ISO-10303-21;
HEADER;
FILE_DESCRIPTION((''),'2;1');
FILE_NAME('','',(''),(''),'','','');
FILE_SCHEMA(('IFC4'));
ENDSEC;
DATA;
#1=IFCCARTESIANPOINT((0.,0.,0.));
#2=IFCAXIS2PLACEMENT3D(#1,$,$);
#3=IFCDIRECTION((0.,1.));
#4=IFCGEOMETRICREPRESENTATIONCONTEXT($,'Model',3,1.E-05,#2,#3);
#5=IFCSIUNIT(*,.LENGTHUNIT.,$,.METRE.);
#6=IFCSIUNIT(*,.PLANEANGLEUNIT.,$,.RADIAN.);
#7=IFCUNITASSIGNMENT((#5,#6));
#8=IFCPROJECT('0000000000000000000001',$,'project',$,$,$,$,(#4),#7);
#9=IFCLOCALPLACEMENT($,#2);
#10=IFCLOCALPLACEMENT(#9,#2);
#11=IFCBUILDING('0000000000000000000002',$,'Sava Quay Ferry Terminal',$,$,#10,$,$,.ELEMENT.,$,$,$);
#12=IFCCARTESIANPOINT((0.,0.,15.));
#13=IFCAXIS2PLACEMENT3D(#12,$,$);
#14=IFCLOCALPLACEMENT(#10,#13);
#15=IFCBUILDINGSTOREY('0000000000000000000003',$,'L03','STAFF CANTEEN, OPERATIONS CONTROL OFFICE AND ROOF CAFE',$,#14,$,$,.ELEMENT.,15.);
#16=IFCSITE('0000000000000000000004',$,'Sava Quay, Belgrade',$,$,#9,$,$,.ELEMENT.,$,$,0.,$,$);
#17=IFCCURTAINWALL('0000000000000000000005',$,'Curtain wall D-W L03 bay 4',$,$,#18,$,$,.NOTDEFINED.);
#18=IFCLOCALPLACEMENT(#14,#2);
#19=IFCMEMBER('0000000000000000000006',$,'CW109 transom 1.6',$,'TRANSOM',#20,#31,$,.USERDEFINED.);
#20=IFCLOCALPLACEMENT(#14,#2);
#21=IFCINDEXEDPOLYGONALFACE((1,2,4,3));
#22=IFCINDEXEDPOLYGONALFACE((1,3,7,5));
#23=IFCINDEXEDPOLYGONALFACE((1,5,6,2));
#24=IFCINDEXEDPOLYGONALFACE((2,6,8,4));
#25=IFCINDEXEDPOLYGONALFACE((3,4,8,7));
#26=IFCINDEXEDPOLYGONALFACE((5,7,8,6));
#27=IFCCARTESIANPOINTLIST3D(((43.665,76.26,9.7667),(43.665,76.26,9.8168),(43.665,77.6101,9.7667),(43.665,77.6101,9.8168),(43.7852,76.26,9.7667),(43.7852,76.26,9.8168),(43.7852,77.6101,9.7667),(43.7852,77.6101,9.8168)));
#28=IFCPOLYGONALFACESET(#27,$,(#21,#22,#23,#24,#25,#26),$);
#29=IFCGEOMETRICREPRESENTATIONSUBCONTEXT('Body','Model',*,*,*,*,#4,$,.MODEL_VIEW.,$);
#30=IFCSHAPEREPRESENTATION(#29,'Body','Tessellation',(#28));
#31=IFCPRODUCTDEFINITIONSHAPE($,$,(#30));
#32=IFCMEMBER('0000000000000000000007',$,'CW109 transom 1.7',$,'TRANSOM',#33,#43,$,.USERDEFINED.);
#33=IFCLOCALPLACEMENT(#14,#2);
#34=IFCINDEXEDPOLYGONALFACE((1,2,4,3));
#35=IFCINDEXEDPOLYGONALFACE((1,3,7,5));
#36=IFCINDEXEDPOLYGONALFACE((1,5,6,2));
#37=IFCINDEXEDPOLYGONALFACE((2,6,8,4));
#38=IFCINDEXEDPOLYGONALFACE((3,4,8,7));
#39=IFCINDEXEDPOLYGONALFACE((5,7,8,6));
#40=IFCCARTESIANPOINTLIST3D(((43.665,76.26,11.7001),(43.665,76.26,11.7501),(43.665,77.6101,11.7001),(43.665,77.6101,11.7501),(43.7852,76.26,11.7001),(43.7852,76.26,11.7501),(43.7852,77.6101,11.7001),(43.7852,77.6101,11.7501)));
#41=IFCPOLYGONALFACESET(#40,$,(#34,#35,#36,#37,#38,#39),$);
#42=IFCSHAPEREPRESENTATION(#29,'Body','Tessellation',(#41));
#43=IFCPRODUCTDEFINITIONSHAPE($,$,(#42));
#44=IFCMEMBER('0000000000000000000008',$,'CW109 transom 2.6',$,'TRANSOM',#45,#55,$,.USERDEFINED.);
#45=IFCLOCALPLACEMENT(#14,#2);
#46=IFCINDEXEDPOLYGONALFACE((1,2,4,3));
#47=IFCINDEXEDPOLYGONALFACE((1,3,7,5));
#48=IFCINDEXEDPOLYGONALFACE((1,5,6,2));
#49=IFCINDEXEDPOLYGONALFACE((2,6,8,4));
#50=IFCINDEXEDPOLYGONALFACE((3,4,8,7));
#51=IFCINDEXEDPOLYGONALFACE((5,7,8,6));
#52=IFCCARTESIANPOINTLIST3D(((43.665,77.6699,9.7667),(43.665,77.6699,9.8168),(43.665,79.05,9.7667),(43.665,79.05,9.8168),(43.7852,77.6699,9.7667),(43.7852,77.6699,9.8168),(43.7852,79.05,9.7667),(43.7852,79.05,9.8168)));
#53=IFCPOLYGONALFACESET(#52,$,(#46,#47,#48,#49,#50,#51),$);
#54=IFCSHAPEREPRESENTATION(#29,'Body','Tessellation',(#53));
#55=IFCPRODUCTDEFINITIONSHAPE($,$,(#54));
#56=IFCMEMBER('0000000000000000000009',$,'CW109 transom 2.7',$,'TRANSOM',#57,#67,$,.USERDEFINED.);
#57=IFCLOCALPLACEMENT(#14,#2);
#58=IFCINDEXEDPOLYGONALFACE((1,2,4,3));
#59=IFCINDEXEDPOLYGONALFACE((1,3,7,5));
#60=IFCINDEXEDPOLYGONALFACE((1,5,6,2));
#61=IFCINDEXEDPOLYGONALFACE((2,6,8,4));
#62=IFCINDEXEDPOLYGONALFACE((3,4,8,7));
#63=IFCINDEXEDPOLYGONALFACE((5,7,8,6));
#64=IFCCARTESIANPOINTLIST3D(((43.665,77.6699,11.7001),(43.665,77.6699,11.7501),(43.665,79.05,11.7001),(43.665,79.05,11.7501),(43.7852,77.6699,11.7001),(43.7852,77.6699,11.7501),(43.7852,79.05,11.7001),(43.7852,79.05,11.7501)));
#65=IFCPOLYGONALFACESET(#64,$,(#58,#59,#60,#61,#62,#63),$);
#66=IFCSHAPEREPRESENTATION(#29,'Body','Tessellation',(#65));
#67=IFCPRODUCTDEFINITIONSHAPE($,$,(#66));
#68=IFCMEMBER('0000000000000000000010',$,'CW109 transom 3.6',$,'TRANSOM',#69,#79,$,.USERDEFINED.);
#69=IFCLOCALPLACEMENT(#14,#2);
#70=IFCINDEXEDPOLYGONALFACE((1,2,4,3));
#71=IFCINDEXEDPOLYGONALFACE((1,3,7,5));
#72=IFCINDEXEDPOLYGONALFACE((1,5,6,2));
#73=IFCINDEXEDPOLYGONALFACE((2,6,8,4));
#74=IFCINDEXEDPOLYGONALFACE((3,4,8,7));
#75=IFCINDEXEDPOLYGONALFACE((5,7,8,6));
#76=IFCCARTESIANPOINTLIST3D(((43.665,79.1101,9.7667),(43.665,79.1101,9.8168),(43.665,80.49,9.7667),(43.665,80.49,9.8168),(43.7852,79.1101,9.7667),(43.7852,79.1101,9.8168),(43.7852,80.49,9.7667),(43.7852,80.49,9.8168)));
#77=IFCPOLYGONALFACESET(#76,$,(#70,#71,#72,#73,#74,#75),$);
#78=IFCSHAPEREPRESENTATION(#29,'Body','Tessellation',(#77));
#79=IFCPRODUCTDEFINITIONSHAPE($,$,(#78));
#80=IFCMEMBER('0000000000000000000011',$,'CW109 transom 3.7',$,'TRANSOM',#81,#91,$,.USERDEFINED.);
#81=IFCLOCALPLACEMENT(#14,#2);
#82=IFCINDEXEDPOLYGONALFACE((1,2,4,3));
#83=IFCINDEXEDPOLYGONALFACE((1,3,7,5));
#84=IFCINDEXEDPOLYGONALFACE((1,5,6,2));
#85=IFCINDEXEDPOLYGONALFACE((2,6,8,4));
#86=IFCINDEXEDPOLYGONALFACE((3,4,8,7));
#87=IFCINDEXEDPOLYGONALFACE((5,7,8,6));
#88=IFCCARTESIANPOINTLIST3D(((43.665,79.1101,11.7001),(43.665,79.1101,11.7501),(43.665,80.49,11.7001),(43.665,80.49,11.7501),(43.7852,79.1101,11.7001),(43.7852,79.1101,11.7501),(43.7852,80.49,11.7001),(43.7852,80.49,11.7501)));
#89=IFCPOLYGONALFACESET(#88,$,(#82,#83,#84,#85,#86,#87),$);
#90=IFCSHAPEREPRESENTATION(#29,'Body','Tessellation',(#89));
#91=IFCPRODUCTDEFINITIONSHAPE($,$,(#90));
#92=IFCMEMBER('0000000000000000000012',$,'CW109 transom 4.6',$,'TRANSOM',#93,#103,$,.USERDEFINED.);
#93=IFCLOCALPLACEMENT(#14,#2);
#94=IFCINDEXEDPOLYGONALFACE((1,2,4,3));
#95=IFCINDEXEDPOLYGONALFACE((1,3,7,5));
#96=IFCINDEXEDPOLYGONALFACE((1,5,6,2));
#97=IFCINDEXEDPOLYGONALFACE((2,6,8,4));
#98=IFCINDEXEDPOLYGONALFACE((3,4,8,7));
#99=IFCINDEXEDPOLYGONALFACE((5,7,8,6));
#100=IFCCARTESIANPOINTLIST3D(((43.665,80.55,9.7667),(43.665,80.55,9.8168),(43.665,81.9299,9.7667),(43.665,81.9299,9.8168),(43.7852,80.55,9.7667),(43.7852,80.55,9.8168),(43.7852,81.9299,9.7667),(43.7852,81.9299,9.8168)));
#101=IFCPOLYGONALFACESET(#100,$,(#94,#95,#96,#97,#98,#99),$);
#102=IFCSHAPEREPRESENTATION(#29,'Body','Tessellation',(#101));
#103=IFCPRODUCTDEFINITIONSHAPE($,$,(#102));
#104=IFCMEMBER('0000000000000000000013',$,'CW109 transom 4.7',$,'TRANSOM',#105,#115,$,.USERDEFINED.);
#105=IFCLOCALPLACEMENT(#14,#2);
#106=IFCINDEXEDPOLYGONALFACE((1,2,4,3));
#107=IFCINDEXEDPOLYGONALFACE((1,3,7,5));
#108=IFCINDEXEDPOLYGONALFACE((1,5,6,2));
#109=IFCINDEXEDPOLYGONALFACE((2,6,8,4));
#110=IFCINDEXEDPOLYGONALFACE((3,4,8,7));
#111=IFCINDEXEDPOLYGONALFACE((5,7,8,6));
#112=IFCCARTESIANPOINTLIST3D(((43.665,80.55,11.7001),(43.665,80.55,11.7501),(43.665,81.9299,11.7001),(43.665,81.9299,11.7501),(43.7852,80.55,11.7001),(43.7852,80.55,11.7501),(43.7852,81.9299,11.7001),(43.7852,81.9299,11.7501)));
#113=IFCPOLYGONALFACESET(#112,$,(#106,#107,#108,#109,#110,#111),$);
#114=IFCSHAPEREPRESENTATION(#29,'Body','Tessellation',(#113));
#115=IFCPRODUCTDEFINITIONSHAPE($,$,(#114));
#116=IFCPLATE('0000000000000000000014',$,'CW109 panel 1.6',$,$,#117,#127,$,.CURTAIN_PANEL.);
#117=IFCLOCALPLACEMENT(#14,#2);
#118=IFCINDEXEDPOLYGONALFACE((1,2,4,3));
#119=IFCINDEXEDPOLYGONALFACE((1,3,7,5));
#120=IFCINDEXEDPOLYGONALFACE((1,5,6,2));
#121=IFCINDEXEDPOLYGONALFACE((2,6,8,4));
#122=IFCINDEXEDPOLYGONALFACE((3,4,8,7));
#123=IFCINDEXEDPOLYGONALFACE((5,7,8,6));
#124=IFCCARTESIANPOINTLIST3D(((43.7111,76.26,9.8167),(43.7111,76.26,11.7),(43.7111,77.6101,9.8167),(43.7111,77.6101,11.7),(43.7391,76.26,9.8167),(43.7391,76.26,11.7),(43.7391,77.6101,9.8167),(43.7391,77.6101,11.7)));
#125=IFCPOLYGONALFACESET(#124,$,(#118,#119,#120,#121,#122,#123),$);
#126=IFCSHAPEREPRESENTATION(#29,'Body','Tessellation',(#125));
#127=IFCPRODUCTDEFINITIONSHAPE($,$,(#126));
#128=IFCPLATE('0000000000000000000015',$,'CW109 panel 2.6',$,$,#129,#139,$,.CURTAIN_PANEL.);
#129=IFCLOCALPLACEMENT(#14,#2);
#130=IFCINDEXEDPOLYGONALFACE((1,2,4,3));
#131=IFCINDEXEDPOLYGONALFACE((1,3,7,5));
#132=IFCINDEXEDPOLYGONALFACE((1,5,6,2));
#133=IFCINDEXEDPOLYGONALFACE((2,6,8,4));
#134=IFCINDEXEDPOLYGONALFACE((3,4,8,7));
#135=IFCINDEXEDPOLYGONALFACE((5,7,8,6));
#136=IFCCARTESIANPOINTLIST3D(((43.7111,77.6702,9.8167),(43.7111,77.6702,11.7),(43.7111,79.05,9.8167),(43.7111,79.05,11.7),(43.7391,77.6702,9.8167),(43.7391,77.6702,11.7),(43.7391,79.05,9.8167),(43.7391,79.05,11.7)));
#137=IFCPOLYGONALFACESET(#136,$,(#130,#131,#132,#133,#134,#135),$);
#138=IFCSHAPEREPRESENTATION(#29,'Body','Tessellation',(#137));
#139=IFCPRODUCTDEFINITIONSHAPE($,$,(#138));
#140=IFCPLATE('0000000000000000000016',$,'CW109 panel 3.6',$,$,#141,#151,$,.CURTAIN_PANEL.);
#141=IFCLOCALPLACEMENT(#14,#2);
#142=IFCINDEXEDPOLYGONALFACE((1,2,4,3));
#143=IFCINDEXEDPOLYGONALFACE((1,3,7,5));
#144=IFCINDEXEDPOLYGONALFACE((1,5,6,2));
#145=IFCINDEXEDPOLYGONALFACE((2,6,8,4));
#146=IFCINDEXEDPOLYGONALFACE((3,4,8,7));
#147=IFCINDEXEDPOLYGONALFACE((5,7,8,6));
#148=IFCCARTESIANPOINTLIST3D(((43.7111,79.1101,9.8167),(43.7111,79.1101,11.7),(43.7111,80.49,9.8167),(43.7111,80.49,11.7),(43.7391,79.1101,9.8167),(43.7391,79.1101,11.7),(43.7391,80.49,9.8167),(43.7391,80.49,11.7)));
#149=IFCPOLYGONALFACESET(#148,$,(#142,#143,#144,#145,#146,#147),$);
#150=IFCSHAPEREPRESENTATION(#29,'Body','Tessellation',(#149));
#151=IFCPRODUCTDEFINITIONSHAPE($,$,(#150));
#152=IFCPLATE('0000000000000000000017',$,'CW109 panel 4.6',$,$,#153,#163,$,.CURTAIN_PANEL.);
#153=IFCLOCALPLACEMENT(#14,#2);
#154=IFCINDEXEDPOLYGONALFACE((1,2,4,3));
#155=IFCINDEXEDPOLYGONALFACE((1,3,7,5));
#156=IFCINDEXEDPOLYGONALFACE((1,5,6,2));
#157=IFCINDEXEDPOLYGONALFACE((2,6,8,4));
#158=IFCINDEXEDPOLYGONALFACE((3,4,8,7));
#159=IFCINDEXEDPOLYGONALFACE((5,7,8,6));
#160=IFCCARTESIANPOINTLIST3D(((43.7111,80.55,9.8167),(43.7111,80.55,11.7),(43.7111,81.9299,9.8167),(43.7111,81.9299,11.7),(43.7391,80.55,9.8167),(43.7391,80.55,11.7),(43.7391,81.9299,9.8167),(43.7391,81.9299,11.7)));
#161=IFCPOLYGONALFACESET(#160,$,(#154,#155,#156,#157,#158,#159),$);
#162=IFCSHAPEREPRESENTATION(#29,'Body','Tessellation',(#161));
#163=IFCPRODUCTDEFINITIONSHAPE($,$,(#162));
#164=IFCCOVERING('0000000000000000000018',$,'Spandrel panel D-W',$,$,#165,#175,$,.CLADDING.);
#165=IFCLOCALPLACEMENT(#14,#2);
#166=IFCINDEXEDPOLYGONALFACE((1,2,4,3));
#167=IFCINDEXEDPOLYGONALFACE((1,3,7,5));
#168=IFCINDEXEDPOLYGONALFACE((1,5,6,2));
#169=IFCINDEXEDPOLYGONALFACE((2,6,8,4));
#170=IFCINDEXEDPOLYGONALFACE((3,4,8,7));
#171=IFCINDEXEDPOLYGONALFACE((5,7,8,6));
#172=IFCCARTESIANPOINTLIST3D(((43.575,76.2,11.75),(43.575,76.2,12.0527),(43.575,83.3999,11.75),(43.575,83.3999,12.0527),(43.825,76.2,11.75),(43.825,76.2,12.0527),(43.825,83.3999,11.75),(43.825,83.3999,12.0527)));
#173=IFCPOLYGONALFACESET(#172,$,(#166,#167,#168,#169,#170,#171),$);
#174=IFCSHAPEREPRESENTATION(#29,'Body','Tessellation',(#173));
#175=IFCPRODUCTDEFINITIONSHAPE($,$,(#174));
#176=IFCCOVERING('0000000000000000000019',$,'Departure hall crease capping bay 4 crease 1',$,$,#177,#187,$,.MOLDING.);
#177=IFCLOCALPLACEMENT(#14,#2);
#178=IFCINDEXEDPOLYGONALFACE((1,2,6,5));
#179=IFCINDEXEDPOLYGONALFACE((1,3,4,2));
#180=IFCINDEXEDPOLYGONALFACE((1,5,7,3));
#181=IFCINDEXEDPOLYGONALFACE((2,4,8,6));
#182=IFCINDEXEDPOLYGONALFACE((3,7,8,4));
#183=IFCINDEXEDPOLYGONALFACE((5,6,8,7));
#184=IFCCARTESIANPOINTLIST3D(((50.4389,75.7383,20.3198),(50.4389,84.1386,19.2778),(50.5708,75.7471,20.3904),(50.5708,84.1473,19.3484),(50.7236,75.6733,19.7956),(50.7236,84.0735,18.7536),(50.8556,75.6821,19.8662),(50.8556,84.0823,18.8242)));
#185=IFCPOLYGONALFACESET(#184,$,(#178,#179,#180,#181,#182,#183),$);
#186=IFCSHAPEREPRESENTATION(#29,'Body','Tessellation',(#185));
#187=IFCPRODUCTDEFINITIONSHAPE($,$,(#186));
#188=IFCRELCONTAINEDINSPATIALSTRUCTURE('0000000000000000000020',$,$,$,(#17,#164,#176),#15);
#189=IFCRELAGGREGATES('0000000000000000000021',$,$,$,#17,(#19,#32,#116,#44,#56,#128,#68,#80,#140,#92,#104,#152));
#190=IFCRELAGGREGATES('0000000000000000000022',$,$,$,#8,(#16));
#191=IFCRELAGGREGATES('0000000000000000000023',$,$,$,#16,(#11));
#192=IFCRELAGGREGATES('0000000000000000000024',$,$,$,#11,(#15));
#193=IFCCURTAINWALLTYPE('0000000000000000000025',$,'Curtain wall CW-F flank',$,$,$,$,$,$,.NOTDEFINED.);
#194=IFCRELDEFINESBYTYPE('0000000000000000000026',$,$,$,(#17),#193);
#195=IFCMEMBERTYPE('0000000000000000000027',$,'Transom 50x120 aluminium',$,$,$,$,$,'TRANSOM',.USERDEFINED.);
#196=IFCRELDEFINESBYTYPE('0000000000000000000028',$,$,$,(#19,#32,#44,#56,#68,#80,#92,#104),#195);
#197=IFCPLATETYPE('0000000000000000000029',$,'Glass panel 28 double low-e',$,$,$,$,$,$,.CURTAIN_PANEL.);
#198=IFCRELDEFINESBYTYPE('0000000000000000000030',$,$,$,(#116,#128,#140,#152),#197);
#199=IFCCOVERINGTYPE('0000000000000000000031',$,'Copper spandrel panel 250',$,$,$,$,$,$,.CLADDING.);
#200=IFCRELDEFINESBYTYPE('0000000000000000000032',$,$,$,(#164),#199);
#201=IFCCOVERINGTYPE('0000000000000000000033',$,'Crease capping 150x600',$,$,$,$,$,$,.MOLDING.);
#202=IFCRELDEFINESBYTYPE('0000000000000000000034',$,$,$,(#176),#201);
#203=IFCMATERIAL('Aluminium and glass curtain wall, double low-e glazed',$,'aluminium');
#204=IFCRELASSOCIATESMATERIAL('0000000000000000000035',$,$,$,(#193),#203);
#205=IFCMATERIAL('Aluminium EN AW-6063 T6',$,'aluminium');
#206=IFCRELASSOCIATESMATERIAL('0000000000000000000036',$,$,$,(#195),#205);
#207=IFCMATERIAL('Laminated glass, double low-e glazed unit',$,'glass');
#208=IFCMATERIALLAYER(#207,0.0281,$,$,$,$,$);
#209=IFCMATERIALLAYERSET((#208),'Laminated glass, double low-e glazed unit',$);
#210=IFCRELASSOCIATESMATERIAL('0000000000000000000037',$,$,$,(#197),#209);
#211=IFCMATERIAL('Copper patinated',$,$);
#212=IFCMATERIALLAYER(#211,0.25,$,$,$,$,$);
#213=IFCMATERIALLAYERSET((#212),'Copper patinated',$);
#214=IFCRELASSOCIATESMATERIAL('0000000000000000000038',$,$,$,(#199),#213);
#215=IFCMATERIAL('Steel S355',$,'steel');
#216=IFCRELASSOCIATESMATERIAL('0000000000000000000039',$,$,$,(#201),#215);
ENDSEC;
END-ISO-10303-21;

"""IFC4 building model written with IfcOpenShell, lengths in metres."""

from ifc_helpers import new_model, si_unit, direction, frame, origin, origin_2d, place, context, subcontext, project, spatial, polyline, rectangle, outline, extrude, material, layer, layer_set, material_profile, profile_set, type_object, element, aggregate, save


model = new_model("IFC4")

# Units and contexts
model_context = context("Model", 3, precision=1e-05, world=origin(), true_north=direction((0.0, 1.0)))
body_context = subcontext(model_context, "Body", "Model", "MODEL_VIEW")
ifc_project = project(units=[si_unit("LENGTHUNIT", "METRE"), si_unit("PLANEANGLEUNIT", "RADIAN")], contexts=[model_context])

# Site, building, storey
site_placement = place(None, origin())
site = spatial("IfcSite", under=ifc_project, at=site_placement, Name="Sava Quay, Belgrade", CompositionType="ELEMENT", RefElevation=0.0)
building_placement = place(site_placement, origin())
building = spatial("IfcBuilding", under=site, at=building_placement, Name="Sava Quay Ferry Terminal", CompositionType="ELEMENT")
storey_placement = place(building_placement, frame((0.0, 0.0, 15.0)))
storey = spatial("IfcBuildingStorey", under=building, at=storey_placement, Name="L03", Description="STAFF CANTEEN, OPERATIONS CONTROL OFFICE AND ROOF CAFE", CompositionType="ELEMENT", Elevation=15.0)

# Curtain wall, members, plates
ifc_material_1 = material(Name="Aluminium and glass curtain wall, double low-e glazed", Category="aluminium")
curtain_wall_type = type_object("IfcCurtainWallType", Name="Curtain wall CW-F flank", PredefinedType="NOTDEFINED", material=ifc_material_1)
curtain_wall_placement = place(storey_placement, origin())
curtain_wall = element("IfcCurtainWall", 1, at=curtain_wall_placement, inside=storey, type_object=curtain_wall_type, Name="Curtain wall D-W L03 bay 4", PredefinedType="NOTDEFINED")
ifc_material_2 = material(Name="Aluminium EN AW-6063 T6", Category="aluminium")
ifc_material_profile_1 = material_profile(ifc_material_2, rectangle(XDim=0.1201, YDim=0.05, at=origin_2d()), Name="Transom 50x120 aluminium")
ifc_profile_set_1 = profile_set([ifc_material_profile_1], Name="Aluminium EN AW-6063 T6")
member_type = type_object("IfcMemberType", Name="Transom 50x120 aluminium", ElementType="TRANSOM", PredefinedType="USERDEFINED", material=ifc_profile_set_1)
member_1_placement = place(storey_placement, frame((43.7251, 76.26, 9.7917), z_axis=(0.0, 1.0, 0.0), x_axis=(-1.0, 0.0, 0.0)))
member_1 = element("IfcMember", 2, at=member_1_placement, type_object=member_type, Name="CW109 transom 1.6", ObjectType="TRANSOM", PredefinedType="USERDEFINED", context=body_context, shape_type="SweptSolid", body=[
    extrude(rectangle(XDim=0.1201, YDim=0.05, at=origin_2d()), origin(), (0.0, 0.0, 1.0), 1.3501),
])
member_2_placement = place(storey_placement, frame((43.7251, 76.26, 11.7251), z_axis=(0.0, 1.0, 0.0), x_axis=(-1.0, 0.0, 0.0)))
member_2 = element("IfcMember", 3, at=member_2_placement, type_object=member_type, Name="CW109 transom 1.7", ObjectType="TRANSOM", PredefinedType="USERDEFINED", context=body_context, shape_type="SweptSolid", body=[
    extrude(rectangle(XDim=0.1201, YDim=0.05, at=origin_2d()), origin(), (0.0, 0.0, 1.0), 1.3501),
])
member_3_placement = place(storey_placement, frame((43.7251, 77.6699, 9.7917), z_axis=(0.0, 1.0, 0.0), x_axis=(-1.0, 0.0, 0.0)))
member_3 = element("IfcMember", 4, at=member_3_placement, type_object=member_type, Name="CW109 transom 2.6", ObjectType="TRANSOM", PredefinedType="USERDEFINED", context=body_context, shape_type="SweptSolid", body=[
    extrude(rectangle(XDim=0.1201, YDim=0.05, at=origin_2d()), origin(), (0.0, 0.0, 1.0), 1.3801),
])
member_4_placement = place(storey_placement, frame((43.7251, 77.6699, 11.7251), z_axis=(0.0, 1.0, 0.0), x_axis=(-1.0, 0.0, 0.0)))
member_4 = element("IfcMember", 5, at=member_4_placement, type_object=member_type, Name="CW109 transom 2.7", ObjectType="TRANSOM", PredefinedType="USERDEFINED", context=body_context, shape_type="SweptSolid", body=[
    extrude(rectangle(XDim=0.1201, YDim=0.05, at=origin_2d()), origin(), (0.0, 0.0, 1.0), 1.3801),
])
member_5_placement = place(storey_placement, frame((43.7251, 79.1101, 9.7917), z_axis=(0.0, 1.0, 0.0), x_axis=(-1.0, 0.0, 0.0)))
member_5 = element("IfcMember", 6, at=member_5_placement, type_object=member_type, Name="CW109 transom 3.6", ObjectType="TRANSOM", PredefinedType="USERDEFINED", context=body_context, shape_type="SweptSolid", body=[
    extrude(rectangle(XDim=0.1201, YDim=0.05, at=origin_2d()), origin(), (0.0, 0.0, 1.0), 1.3799),
])
member_6_placement = place(storey_placement, frame((43.7251, 79.1101, 11.7251), z_axis=(0.0, 1.0, 0.0), x_axis=(-1.0, 0.0, 0.0)))
member_6 = element("IfcMember", 7, at=member_6_placement, type_object=member_type, Name="CW109 transom 3.7", ObjectType="TRANSOM", PredefinedType="USERDEFINED", context=body_context, shape_type="SweptSolid", body=[
    extrude(rectangle(XDim=0.1201, YDim=0.05, at=origin_2d()), origin(), (0.0, 0.0, 1.0), 1.3799),
])
member_7_placement = place(storey_placement, frame((43.7251, 80.55, 9.7917), z_axis=(0.0, 1.0, 0.0), x_axis=(-1.0, 0.0, 0.0)))
member_7 = element("IfcMember", 8, at=member_7_placement, type_object=member_type, Name="CW109 transom 4.6", ObjectType="TRANSOM", PredefinedType="USERDEFINED", context=body_context, shape_type="SweptSolid", body=[
    extrude(rectangle(XDim=0.1201, YDim=0.05, at=origin_2d()), origin(), (0.0, 0.0, 1.0), 1.3799),
])
member_8_placement = place(storey_placement, frame((43.7251, 80.55, 11.7251), z_axis=(0.0, 1.0, 0.0), x_axis=(-1.0, 0.0, 0.0)))
member_8 = element("IfcMember", 9, at=member_8_placement, type_object=member_type, Name="CW109 transom 4.7", ObjectType="TRANSOM", PredefinedType="USERDEFINED", context=body_context, shape_type="SweptSolid", body=[
    extrude(rectangle(XDim=0.1201, YDim=0.05, at=origin_2d()), origin(), (0.0, 0.0, 1.0), 1.3799),
])
ifc_material_3 = material(Name="Laminated glass, double low-e glazed unit", Category="glass")
ifc_layer_1 = layer(ifc_material_3, 0.0281)
ifc_layer_set_1 = layer_set([ifc_layer_1], Name="Laminated glass, double low-e glazed unit")
plate_type = type_object("IfcPlateType", Name="Glass panel 28 double low-e", PredefinedType="CURTAIN_PANEL", material=ifc_layer_set_1)
plate_1_placement = place(storey_placement, frame((43.7251, 76.9351, 9.8167), z_axis=(0.0, 0.0, 1.0), x_axis=(0.0, 1.0, 0.0)))
plate_1 = element("IfcPlate", 10, at=plate_1_placement, type_object=plate_type, Name="CW109 panel 1.6", PredefinedType="CURTAIN_PANEL", context=body_context, shape_type="SweptSolid", body=[
    extrude(rectangle(XDim=1.3501, YDim=0.0281, at=origin_2d()), origin(), (0.0, 0.0, 1.0), 1.8833),
])
plate_2_placement = place(storey_placement, frame((43.7251, 78.3601, 9.8167), z_axis=(0.0, 0.0, 1.0), x_axis=(0.0, 1.0, 0.0)))
plate_2 = element("IfcPlate", 11, at=plate_2_placement, type_object=plate_type, Name="CW109 panel 2.6", PredefinedType="CURTAIN_PANEL", context=body_context, shape_type="SweptSolid", body=[
    extrude(rectangle(XDim=1.3799, YDim=0.0281, at=origin_2d()), origin(), (0.0, 0.0, 1.0), 1.8833),
])
plate_3_placement = place(storey_placement, frame((43.7251, 79.8, 9.8167), z_axis=(0.0, 0.0, 1.0), x_axis=(0.0, 1.0, 0.0)))
plate_3 = element("IfcPlate", 12, at=plate_3_placement, type_object=plate_type, Name="CW109 panel 3.6", PredefinedType="CURTAIN_PANEL", context=body_context, shape_type="SweptSolid", body=[
    extrude(rectangle(XDim=1.3799, YDim=0.0281, at=origin_2d()), origin(), (0.0, 0.0, 1.0), 1.8833),
])
plate_4_placement = place(storey_placement, frame((43.7251, 81.24, 9.8167), z_axis=(0.0, 0.0, 1.0), x_axis=(0.0, 1.0, 0.0)))
plate_4 = element("IfcPlate", 13, at=plate_4_placement, type_object=plate_type, Name="CW109 panel 4.6", PredefinedType="CURTAIN_PANEL", context=body_context, shape_type="SweptSolid", body=[
    extrude(rectangle(XDim=1.3799, YDim=0.0281, at=origin_2d()), origin(), (0.0, 0.0, 1.0), 1.8833),
])
aggregate(curtain_wall, [member_1, member_2, plate_1, member_3, member_4, plate_2, member_5, member_6, plate_3, member_7, member_8, plate_4])

# Coverings
ifc_material_4 = material(Name="Copper patinated")
ifc_layer_2 = layer(ifc_material_4, 0.25)
ifc_layer_set_2 = layer_set([ifc_layer_2], Name="Copper patinated")
covering_type_1 = type_object("IfcCoveringType", Name="Copper spandrel panel 250", PredefinedType="CLADDING", material=ifc_layer_set_2)
covering_1_placement = place(storey_placement, frame((43.7, 76.2, 11.75), z_axis=(0.0, 0.0, 1.0), x_axis=(0.0, 1.0, 0.0)))
element("IfcCovering", 14, at=covering_1_placement, inside=storey, type_object=covering_type_1, Name="Spandrel panel D-W", PredefinedType="CLADDING", context=body_context, shape_type="SweptSolid", body=[
    extrude(outline(polyline([(0.0, 0.0), (7.2, 0.0), (7.2, 0.3027), (0.0, 0.3027), (0.0, 0.0)])), frame((0.0, 0.125, 0.0), z_axis=(0.0, -1.0, 0.0), x_axis=(1.0, 0.0, 0.0)), (0.0, 0.0, 1.0), 0.25),
])
ifc_material_5 = material(Name="Steel S355", Category="steel")
ifc_material_profile_2 = material_profile(ifc_material_5, rectangle(XDim=0.1499, YDim=0.6001, at=origin_2d()), Name="Cap 150 x 600")
ifc_profile_set_2 = profile_set([ifc_material_profile_2], Name="Steel S355")
covering_type_2 = type_object("IfcCoveringType", Name="Crease capping 150x600", PredefinedType="MOLDING", material=ifc_profile_set_2)
covering_2_placement = place(storey_placement, frame((50.6472, 75.7102, 20.093), z_axis=(0.0, 0.992394, -0.123101), x_axis=(-0.880255, -0.058412, -0.470892)))
element("IfcCovering", 15, at=covering_2_placement, inside=storey, type_object=covering_type_2, Name="Departure hall crease capping bay 4 crease 1", PredefinedType="MOLDING", context=body_context, shape_type="SweptSolid", body=[
    extrude(rectangle(XDim=0.1499, YDim=0.6001, at=origin_2d()), origin(), (0.0, 0.0, 1.0), 8.4646),
])

save(model, "model.ifc")
